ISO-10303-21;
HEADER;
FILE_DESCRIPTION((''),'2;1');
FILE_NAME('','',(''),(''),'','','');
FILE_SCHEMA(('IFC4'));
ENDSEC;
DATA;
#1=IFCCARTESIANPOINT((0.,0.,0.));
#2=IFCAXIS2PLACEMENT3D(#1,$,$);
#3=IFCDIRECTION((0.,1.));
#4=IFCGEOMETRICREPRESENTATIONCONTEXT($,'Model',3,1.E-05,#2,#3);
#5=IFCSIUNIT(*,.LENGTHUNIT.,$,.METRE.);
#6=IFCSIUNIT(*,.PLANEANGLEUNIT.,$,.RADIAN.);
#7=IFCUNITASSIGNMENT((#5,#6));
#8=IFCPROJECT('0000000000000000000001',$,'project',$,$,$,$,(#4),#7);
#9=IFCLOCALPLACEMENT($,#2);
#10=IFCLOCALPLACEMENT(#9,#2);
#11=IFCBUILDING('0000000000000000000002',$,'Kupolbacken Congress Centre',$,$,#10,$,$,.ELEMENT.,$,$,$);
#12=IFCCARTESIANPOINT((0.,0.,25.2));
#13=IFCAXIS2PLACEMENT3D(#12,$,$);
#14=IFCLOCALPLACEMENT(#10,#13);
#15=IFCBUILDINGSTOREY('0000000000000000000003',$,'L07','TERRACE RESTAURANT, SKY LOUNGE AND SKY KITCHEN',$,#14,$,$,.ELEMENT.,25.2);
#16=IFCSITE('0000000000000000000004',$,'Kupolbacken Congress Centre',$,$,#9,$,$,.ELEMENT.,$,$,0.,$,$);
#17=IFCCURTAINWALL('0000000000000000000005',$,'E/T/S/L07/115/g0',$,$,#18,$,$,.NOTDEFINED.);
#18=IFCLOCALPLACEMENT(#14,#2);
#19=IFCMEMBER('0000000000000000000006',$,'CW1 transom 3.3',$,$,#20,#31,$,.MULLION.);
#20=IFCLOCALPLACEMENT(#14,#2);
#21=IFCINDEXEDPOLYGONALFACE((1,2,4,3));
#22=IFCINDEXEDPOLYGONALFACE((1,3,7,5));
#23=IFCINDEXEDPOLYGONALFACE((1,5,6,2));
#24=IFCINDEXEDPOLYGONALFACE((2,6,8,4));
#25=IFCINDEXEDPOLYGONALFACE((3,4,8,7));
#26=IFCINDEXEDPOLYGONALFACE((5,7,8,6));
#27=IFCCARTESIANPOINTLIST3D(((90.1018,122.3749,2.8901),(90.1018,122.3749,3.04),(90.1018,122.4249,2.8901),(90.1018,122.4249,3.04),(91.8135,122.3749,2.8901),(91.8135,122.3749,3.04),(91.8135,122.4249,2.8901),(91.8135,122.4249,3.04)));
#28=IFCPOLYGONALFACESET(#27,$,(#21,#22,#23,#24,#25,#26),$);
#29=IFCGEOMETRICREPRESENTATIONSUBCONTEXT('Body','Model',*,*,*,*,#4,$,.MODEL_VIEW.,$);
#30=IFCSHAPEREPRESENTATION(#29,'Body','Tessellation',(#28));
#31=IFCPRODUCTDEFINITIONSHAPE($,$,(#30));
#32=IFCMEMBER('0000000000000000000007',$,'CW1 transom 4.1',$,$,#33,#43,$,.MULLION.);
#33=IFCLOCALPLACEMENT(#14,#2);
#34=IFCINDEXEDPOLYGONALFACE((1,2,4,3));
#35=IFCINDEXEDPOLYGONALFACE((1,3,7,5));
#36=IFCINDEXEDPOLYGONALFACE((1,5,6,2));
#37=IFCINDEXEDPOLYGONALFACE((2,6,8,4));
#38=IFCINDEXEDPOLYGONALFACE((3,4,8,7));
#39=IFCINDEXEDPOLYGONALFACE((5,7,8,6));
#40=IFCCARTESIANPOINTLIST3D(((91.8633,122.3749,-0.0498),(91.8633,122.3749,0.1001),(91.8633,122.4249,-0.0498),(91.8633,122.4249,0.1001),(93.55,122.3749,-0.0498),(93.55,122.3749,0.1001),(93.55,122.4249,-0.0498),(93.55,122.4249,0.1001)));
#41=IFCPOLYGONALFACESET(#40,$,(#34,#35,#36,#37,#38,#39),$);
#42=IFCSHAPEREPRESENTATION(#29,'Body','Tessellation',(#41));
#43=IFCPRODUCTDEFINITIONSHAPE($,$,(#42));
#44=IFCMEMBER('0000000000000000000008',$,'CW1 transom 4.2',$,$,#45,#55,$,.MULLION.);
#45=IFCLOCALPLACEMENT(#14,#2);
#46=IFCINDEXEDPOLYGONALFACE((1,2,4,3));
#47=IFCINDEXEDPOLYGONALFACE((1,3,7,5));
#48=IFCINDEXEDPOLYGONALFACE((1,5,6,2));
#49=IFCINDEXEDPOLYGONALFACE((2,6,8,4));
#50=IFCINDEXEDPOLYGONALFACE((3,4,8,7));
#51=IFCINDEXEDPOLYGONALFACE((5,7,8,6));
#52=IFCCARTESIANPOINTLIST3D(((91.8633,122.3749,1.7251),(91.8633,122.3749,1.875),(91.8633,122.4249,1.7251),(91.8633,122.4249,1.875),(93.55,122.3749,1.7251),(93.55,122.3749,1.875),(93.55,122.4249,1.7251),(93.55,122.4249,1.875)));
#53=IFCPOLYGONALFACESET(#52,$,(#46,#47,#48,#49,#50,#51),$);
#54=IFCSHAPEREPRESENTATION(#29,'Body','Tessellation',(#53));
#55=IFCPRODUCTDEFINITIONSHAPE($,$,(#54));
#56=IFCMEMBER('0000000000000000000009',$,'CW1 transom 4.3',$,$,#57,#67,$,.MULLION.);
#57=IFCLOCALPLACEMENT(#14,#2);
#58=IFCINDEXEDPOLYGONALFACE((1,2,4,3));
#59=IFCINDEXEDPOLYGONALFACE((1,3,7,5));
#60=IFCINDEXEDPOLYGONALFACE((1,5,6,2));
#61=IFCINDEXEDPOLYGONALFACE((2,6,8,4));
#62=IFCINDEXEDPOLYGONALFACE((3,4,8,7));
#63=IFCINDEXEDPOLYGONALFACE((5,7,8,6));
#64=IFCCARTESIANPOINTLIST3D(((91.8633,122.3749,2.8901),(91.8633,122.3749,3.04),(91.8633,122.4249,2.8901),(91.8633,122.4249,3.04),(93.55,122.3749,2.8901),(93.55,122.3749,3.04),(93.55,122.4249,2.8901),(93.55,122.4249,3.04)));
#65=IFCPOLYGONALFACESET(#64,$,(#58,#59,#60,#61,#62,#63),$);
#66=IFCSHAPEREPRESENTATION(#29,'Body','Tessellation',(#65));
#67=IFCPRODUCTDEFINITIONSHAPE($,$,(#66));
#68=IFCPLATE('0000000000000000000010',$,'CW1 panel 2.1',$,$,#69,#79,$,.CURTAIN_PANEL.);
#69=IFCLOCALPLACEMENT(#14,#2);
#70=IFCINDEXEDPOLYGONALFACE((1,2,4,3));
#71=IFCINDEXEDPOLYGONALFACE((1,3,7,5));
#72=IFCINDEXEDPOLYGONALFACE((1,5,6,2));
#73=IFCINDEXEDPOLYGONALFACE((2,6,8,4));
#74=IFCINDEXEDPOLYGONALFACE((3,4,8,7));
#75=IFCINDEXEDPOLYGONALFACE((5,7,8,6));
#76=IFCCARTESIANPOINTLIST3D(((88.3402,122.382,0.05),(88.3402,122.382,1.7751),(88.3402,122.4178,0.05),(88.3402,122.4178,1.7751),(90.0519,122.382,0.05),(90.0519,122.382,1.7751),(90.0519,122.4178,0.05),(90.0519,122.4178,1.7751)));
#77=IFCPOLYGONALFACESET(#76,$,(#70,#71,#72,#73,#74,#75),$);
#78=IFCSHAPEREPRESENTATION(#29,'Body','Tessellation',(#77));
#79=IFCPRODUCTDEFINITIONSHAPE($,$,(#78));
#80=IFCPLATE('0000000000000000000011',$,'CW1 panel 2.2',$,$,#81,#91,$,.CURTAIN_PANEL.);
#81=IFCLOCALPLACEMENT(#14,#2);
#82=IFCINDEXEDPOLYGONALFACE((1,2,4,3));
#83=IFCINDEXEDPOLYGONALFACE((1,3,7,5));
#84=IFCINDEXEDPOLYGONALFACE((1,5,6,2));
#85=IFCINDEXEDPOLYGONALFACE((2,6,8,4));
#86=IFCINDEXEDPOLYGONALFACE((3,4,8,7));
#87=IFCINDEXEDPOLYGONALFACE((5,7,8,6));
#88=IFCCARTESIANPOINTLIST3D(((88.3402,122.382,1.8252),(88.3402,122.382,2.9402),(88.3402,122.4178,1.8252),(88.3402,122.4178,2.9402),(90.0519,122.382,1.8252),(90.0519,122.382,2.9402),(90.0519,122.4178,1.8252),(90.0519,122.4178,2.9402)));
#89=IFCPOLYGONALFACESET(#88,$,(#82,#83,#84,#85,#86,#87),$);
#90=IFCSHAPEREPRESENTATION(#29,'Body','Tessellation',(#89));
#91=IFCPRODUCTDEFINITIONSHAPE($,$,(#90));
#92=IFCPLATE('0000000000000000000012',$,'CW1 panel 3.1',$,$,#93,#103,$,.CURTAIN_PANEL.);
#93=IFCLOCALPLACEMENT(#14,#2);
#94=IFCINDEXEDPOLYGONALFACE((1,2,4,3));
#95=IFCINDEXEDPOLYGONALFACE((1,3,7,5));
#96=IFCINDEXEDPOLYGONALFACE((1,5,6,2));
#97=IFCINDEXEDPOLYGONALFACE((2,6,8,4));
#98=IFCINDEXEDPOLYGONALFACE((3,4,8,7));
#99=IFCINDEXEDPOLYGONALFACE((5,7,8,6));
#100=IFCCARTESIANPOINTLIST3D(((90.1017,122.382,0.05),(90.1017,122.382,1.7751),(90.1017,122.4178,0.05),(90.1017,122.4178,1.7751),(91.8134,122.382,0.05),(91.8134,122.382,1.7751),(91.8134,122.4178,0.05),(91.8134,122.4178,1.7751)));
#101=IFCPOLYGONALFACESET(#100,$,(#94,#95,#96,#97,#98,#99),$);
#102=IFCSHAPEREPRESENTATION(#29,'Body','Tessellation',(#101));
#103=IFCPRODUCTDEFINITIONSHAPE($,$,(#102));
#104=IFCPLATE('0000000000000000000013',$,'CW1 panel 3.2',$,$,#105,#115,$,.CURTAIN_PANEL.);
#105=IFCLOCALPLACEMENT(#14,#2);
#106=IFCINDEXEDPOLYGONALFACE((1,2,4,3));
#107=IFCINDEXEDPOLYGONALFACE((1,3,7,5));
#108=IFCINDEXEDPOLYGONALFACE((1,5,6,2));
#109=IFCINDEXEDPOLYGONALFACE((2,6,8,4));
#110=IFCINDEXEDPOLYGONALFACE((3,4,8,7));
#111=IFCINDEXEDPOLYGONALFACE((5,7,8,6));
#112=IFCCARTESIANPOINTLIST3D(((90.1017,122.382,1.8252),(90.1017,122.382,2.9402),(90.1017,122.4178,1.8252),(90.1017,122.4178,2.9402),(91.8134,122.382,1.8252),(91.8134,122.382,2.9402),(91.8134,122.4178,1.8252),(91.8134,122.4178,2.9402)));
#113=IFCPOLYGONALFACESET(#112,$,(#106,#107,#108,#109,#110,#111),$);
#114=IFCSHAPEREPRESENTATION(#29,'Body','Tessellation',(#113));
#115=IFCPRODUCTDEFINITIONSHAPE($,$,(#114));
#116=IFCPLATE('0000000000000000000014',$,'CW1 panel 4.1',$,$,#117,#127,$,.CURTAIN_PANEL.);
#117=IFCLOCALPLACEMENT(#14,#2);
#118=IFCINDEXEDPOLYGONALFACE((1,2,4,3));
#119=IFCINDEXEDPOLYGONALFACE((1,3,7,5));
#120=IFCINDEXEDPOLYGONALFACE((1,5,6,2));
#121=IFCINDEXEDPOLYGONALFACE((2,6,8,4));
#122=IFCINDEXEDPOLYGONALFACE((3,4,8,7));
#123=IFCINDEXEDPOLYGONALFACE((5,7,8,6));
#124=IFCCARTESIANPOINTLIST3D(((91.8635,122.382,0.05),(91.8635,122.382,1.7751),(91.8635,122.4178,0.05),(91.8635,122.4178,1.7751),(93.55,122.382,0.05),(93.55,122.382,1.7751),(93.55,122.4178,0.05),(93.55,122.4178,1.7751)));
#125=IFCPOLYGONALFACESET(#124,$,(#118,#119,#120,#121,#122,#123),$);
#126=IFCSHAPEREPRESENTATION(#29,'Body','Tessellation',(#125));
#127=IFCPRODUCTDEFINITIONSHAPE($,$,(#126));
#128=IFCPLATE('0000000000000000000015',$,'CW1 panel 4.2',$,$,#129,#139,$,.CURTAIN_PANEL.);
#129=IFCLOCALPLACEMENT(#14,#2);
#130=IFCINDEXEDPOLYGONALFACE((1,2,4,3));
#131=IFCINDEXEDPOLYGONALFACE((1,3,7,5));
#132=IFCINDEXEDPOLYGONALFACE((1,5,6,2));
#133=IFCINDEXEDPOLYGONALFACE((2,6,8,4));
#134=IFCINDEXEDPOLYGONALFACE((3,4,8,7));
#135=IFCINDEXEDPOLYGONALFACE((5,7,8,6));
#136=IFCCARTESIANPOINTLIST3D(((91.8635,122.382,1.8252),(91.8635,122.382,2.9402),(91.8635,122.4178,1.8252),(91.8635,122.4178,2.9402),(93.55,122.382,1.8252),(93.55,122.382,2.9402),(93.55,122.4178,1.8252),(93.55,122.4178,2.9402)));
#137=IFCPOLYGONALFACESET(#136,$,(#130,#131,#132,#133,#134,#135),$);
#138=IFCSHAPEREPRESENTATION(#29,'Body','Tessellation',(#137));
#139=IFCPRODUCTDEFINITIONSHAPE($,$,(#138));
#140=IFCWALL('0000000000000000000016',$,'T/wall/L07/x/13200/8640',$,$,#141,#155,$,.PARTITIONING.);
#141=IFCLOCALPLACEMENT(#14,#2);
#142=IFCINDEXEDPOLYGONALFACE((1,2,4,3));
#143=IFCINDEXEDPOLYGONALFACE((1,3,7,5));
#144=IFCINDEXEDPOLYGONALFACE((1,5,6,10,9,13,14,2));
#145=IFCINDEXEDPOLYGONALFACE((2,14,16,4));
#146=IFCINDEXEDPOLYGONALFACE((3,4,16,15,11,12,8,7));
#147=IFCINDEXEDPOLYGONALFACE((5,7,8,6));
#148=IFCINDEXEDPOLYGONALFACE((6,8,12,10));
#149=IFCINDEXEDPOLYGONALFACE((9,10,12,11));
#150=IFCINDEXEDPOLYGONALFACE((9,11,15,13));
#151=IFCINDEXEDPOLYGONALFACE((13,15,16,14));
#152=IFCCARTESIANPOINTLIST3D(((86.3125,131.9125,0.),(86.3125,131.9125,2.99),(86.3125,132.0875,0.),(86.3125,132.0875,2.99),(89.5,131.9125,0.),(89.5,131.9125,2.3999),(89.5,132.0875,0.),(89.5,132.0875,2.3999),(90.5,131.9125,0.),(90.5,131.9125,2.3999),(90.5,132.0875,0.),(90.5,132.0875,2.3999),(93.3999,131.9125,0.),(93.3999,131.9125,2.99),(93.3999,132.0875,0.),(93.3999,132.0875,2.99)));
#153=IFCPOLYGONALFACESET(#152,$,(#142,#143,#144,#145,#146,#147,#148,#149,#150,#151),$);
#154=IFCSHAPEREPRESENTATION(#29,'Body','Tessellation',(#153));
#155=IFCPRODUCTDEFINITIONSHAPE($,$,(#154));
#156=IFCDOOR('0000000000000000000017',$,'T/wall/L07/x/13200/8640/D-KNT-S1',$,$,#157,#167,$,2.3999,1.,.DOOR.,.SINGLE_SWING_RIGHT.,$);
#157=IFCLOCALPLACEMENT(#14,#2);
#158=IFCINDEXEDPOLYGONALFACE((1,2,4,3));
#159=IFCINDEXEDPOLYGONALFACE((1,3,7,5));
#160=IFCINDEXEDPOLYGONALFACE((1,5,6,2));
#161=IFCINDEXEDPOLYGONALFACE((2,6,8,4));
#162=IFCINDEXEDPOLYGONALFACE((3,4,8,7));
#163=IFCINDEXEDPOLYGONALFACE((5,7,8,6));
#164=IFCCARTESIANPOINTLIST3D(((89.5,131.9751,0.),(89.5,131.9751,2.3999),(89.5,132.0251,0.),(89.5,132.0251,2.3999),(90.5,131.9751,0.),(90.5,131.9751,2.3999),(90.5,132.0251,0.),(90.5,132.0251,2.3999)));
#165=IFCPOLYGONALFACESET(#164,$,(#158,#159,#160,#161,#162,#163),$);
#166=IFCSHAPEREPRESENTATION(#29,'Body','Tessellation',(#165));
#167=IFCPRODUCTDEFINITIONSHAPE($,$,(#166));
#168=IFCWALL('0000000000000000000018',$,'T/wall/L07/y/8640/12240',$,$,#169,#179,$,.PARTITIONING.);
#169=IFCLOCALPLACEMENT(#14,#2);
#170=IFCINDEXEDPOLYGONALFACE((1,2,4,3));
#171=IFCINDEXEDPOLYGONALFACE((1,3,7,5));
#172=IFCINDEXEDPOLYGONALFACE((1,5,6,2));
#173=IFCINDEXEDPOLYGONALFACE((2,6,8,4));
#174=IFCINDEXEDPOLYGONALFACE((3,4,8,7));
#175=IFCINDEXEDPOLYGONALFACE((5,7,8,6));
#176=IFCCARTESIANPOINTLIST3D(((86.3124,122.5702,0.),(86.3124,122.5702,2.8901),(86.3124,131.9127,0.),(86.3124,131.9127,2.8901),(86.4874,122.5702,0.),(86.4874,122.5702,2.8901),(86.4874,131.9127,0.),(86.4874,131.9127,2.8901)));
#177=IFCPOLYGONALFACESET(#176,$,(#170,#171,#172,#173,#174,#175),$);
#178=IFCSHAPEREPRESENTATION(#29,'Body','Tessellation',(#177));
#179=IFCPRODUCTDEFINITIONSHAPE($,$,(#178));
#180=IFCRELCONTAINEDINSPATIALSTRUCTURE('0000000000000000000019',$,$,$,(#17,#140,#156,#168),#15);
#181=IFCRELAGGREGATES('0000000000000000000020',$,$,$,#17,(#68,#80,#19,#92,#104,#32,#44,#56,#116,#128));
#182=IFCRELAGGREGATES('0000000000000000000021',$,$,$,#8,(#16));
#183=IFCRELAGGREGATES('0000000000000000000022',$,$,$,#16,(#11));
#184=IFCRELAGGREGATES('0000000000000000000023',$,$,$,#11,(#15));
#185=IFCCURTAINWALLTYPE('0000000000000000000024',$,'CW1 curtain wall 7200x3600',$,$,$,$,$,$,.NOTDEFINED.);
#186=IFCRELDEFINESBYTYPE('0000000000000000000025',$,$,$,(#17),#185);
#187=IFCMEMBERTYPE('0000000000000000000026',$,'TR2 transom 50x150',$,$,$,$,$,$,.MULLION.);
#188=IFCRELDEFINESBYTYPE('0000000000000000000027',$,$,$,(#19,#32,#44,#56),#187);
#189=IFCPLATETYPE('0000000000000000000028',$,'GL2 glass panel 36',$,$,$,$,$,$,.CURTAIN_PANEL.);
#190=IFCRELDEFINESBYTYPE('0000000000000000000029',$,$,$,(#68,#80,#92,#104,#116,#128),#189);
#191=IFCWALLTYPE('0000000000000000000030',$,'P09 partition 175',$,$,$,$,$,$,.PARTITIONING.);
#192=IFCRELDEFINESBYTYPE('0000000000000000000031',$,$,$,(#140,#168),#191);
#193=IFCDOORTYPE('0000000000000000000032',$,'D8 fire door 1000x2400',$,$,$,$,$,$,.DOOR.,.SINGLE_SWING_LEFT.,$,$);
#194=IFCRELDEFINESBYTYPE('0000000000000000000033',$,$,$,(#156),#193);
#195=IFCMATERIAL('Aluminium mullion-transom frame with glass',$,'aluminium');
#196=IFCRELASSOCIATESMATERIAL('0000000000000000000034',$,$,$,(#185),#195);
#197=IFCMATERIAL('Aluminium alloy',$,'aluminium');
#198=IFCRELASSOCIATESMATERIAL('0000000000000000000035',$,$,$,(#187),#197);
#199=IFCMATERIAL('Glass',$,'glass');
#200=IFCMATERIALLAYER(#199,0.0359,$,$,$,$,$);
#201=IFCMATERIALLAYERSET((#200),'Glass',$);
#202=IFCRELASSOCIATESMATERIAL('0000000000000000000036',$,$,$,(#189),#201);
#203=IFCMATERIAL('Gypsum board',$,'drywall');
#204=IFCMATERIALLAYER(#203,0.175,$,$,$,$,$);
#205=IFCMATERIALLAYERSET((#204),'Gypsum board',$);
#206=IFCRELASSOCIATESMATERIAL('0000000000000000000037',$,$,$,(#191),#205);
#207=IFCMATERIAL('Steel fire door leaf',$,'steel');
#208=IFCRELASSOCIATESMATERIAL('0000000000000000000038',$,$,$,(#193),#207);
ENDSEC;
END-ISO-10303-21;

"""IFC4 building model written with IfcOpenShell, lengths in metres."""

from ifc_helpers import new_model, si_unit, direction, frame, frame_2d, origin, origin_2d, place, context, subcontext, project, spatial, rectangle, extrude, material, layer, layer_set, material_profile, profile_set, type_object, element, fill, aggregate, save


model = new_model("IFC4")

# Units and contexts
model_context = context("Model", 3, precision=1e-05, world=origin(), true_north=direction((0.0, 1.0)))
body_context = subcontext(model_context, "Body", "Model", "MODEL_VIEW")
ifc_project = project(units=[si_unit("LENGTHUNIT", "METRE"), si_unit("PLANEANGLEUNIT", "RADIAN")], contexts=[model_context])

# Site, building, storey
site_placement = place(None, origin())
site = spatial("IfcSite", under=ifc_project, at=site_placement, Name="Kupolbacken Congress Centre", CompositionType="ELEMENT", RefElevation=0.0)
building_placement = place(site_placement, origin())
building = spatial("IfcBuilding", under=site, at=building_placement, Name="Kupolbacken Congress Centre", CompositionType="ELEMENT")
storey_placement = place(building_placement, frame((0.0, 0.0, 25.2)))
storey = spatial("IfcBuildingStorey", under=building, at=storey_placement, Name="L07", Description="TERRACE RESTAURANT, SKY LOUNGE AND SKY KITCHEN", CompositionType="ELEMENT", Elevation=25.2)

# Curtain wall, members, plates
ifc_material_1 = material(Name="Aluminium mullion-transom frame with glass", Category="aluminium")
curtain_wall_type = type_object("IfcCurtainWallType", Name="CW1 curtain wall 7200x3600", PredefinedType="NOTDEFINED", material=ifc_material_1)
curtain_wall_placement = place(storey_placement, origin())
curtain_wall = element("IfcCurtainWall", 1, at=curtain_wall_placement, inside=storey, type_object=curtain_wall_type, Name="E/T/S/L07/115/g0", PredefinedType="NOTDEFINED")
ifc_material_2 = material(Name="Aluminium alloy", Category="aluminium")
ifc_material_profile_1 = material_profile(ifc_material_2, rectangle(XDim=0.05, YDim=0.1499, at=origin_2d()), Name="50 x 150")
ifc_profile_set_1 = profile_set([ifc_material_profile_1], Name="Aluminium alloy")
member_type_1 = type_object("IfcMemberType", Name="TR2 transom 50x150", PredefinedType="MULLION", material=ifc_profile_set_1)
member_1_placement = place(storey_placement, frame((90.1018, 122.3999, 2.9651), z_axis=(1.0, 0.0, 0.0), x_axis=(0.0, 1.0, 0.0)))
member_1 = element("IfcMember", 2, at=member_1_placement, type_object=member_type_1, Name="CW1 transom 3.3", PredefinedType="MULLION", context=body_context, shape_type="SweptSolid", body=[
    extrude(rectangle(XDim=0.05, YDim=0.1499, at=origin_2d()), origin(), (0.0, 0.0, 1.0), 1.7117),
])
member_2_placement = place(storey_placement, frame((91.8633, 122.3999, 0.0251), z_axis=(1.0, 0.0, 0.0), x_axis=(0.0, 1.0, 0.0)))
member_2 = element("IfcMember", 3, at=member_2_placement, type_object=member_type_1, Name="CW1 transom 4.1", PredefinedType="MULLION", context=body_context, shape_type="SweptSolid", body=[
    extrude(rectangle(XDim=0.05, YDim=0.1499, at=origin_2d()), origin(), (0.0, 0.0, 1.0), 1.6868),
])
member_3_placement = place(storey_placement, frame((91.8633, 122.3999, 1.8), z_axis=(1.0, 0.0, 0.0), x_axis=(0.0, 1.0, 0.0)))
member_3 = element("IfcMember", 4, at=member_3_placement, type_object=member_type_1, Name="CW1 transom 4.2", PredefinedType="MULLION", context=body_context, shape_type="SweptSolid", body=[
    extrude(rectangle(XDim=0.05, YDim=0.1499, at=origin_2d()), origin(), (0.0, 0.0, 1.0), 1.6868),
])
member_4_placement = place(storey_placement, frame((91.8633, 122.3999, 2.9651), z_axis=(1.0, 0.0, 0.0), x_axis=(0.0, 1.0, 0.0)))
member_4 = element("IfcMember", 5, at=member_4_placement, type_object=member_type_1, Name="CW1 transom 4.3", PredefinedType="MULLION", context=body_context, shape_type="SweptSolid", body=[
    extrude(rectangle(XDim=0.05, YDim=0.1499, at=origin_2d()), origin(), (0.0, 0.0, 1.0), 1.6868),
])
ifc_material_3 = material(Name="Glass", Category="glass")
ifc_layer_1 = layer(ifc_material_3, 0.0359)
ifc_layer_set_1 = layer_set([ifc_layer_1], Name="Glass")
plate_type = type_object("IfcPlateType", Name="GL2 glass panel 36", PredefinedType="CURTAIN_PANEL", material=ifc_layer_set_1)
plate_1_placement = place(storey_placement, frame((89.196, 122.3999, 0.05), z_axis=(0.0, 0.0, 1.0), x_axis=(1.0, 0.0, 0.0)))
plate_1 = element("IfcPlate", 6, at=plate_1_placement, type_object=plate_type, Name="CW1 panel 2.1", PredefinedType="CURTAIN_PANEL", context=body_context, shape_type="SweptSolid", body=[
    extrude(rectangle(XDim=1.7117, YDim=0.0359, at=origin_2d()), origin(), (0.0, 0.0, 1.0), 1.7251),
])
plate_2_placement = place(storey_placement, frame((89.196, 122.3999, 1.8252), z_axis=(0.0, 0.0, 1.0), x_axis=(1.0, 0.0, 0.0)))
plate_2 = element("IfcPlate", 7, at=plate_2_placement, type_object=plate_type, Name="CW1 panel 2.2", PredefinedType="CURTAIN_PANEL", context=body_context, shape_type="SweptSolid", body=[
    extrude(rectangle(XDim=1.7117, YDim=0.0359, at=origin_2d()), origin(), (0.0, 0.0, 1.0), 1.115),
])
plate_3_placement = place(storey_placement, frame((90.9575, 122.3999, 0.05), z_axis=(0.0, 0.0, 1.0), x_axis=(1.0, 0.0, 0.0)))
plate_3 = element("IfcPlate", 8, at=plate_3_placement, type_object=plate_type, Name="CW1 panel 3.1", PredefinedType="CURTAIN_PANEL", context=body_context, shape_type="SweptSolid", body=[
    extrude(rectangle(XDim=1.7117, YDim=0.0359, at=origin_2d()), origin(), (0.0, 0.0, 1.0), 1.7251),
])
plate_4_placement = place(storey_placement, frame((90.9575, 122.3999, 1.8252), z_axis=(0.0, 0.0, 1.0), x_axis=(1.0, 0.0, 0.0)))
plate_4 = element("IfcPlate", 9, at=plate_4_placement, type_object=plate_type, Name="CW1 panel 3.2", PredefinedType="CURTAIN_PANEL", context=body_context, shape_type="SweptSolid", body=[
    extrude(rectangle(XDim=1.7117, YDim=0.0359, at=origin_2d()), origin(), (0.0, 0.0, 1.0), 1.115),
])
plate_5_placement = place(storey_placement, frame((92.7068, 122.3999, 0.05), z_axis=(0.0, 0.0, 1.0), x_axis=(1.0, 0.0, 0.0)))
plate_5 = element("IfcPlate", 10, at=plate_5_placement, type_object=plate_type, Name="CW1 panel 4.1", PredefinedType="CURTAIN_PANEL", context=body_context, shape_type="SweptSolid", body=[
    extrude(rectangle(XDim=1.6865, YDim=0.0359, at=origin_2d()), origin(), (0.0, 0.0, 1.0), 1.7251),
])
plate_6_placement = place(storey_placement, frame((92.7068, 122.3999, 1.8252), z_axis=(0.0, 0.0, 1.0), x_axis=(1.0, 0.0, 0.0)))
plate_6 = element("IfcPlate", 11, at=plate_6_placement, type_object=plate_type, Name="CW1 panel 4.2", PredefinedType="CURTAIN_PANEL", context=body_context, shape_type="SweptSolid", body=[
    extrude(rectangle(XDim=1.6865, YDim=0.0359, at=origin_2d()), origin(), (0.0, 0.0, 1.0), 1.115),
])
aggregate(curtain_wall, [plate_1, plate_2, member_1, plate_3, plate_4, member_2, member_3, member_4, plate_5, plate_6])

# Wall, opening, door
ifc_material_4 = material(Name="Gypsum board", Category="drywall")
ifc_layer_2 = layer(ifc_material_4, 0.175)
ifc_layer_set_2 = layer_set([ifc_layer_2], Name="Gypsum board")
wall_type_1 = type_object("IfcWallType", Name="P09 partition 175", PredefinedType="PARTITIONING", material=ifc_layer_set_2)
wall_1_placement = place(storey_placement, frame((86.3125, 132.0, 0.0), z_axis=(0.0, 0.0, 1.0), x_axis=(1.0, 0.0, 0.0)))
wall_1 = element("IfcWall", 12, at=wall_1_placement, inside=storey, type_object=wall_type_1, Name="T/wall/L07/x/13200/8640", PredefinedType="PARTITIONING", context=body_context, shape_type="SweptSolid", body=[
    extrude(rectangle(XDim=7.0874, YDim=0.175, at=frame_2d((3.5437, 0.0))), origin(), (0.0, 0.0, 1.0), 2.99),
])
opening_placement = place(wall_1_placement, frame((3.1875, 0.0, 0.0)))
opening = element("IfcOpeningElement", 13, at=opening_placement, cuts=wall_1, PredefinedType="OPENING", context=body_context, shape_type="SweptSolid", body=[
    extrude(rectangle(XDim=1.0, YDim=2.3999, at=frame_2d((0.5, 1.2))), frame((0.0, 0.0974, 0.0), z_axis=(0.0, -1.0, 0.0), x_axis=(1.0, 0.0, 0.0)), (0.0, 0.0, 1.0), 0.1951),
])
ifc_material_5 = material(Name="Steel fire door leaf", Category="steel")
door_type = type_object("IfcDoorType", Name="D8 fire door 1000x2400", OperationType="SINGLE_SWING_LEFT", PredefinedType="DOOR", material=ifc_material_5)
door_placement = place(opening_placement, frame((1.0, 0.0, 0.0), z_axis=(0.0, 0.0, 1.0), x_axis=(-1.0, 0.0, 0.0)))
door = element("IfcDoor", 14, at=door_placement, inside=storey, type_object=door_type, Name="T/wall/L07/x/13200/8640/D-KNT-S1", OperationType="SINGLE_SWING_RIGHT", OverallHeight=2.3999, OverallWidth=1.0, PredefinedType="DOOR", context=body_context, shape_type="SweptSolid", body=[
    extrude(rectangle(XDim=1.0, YDim=2.3999, at=frame_2d((0.5, 1.2))), frame((0.0, 0.0249, 0.0), z_axis=(0.0, -1.0, 0.0), x_axis=(1.0, 0.0, 0.0)), (0.0, 0.0, 1.0), 0.05),
])
fill(opening, door)

# Wall
wall_2_placement = place(storey_placement, frame((86.3999, 122.5701, 0.0), z_axis=(0.0, 0.0, 1.0), x_axis=(0.0, 1.0, 0.0)))
element("IfcWall", 15, at=wall_2_placement, inside=storey, type_object=wall_type_1, Name="T/wall/L07/y/8640/12240", PredefinedType="PARTITIONING", context=body_context, shape_type="SweptSolid", body=[
    extrude(rectangle(XDim=9.3425, YDim=0.175, at=frame_2d((4.6714, 0.0))), origin(), (0.0, 0.0, 1.0), 2.8901),
])

save(model, "model.ifc")
